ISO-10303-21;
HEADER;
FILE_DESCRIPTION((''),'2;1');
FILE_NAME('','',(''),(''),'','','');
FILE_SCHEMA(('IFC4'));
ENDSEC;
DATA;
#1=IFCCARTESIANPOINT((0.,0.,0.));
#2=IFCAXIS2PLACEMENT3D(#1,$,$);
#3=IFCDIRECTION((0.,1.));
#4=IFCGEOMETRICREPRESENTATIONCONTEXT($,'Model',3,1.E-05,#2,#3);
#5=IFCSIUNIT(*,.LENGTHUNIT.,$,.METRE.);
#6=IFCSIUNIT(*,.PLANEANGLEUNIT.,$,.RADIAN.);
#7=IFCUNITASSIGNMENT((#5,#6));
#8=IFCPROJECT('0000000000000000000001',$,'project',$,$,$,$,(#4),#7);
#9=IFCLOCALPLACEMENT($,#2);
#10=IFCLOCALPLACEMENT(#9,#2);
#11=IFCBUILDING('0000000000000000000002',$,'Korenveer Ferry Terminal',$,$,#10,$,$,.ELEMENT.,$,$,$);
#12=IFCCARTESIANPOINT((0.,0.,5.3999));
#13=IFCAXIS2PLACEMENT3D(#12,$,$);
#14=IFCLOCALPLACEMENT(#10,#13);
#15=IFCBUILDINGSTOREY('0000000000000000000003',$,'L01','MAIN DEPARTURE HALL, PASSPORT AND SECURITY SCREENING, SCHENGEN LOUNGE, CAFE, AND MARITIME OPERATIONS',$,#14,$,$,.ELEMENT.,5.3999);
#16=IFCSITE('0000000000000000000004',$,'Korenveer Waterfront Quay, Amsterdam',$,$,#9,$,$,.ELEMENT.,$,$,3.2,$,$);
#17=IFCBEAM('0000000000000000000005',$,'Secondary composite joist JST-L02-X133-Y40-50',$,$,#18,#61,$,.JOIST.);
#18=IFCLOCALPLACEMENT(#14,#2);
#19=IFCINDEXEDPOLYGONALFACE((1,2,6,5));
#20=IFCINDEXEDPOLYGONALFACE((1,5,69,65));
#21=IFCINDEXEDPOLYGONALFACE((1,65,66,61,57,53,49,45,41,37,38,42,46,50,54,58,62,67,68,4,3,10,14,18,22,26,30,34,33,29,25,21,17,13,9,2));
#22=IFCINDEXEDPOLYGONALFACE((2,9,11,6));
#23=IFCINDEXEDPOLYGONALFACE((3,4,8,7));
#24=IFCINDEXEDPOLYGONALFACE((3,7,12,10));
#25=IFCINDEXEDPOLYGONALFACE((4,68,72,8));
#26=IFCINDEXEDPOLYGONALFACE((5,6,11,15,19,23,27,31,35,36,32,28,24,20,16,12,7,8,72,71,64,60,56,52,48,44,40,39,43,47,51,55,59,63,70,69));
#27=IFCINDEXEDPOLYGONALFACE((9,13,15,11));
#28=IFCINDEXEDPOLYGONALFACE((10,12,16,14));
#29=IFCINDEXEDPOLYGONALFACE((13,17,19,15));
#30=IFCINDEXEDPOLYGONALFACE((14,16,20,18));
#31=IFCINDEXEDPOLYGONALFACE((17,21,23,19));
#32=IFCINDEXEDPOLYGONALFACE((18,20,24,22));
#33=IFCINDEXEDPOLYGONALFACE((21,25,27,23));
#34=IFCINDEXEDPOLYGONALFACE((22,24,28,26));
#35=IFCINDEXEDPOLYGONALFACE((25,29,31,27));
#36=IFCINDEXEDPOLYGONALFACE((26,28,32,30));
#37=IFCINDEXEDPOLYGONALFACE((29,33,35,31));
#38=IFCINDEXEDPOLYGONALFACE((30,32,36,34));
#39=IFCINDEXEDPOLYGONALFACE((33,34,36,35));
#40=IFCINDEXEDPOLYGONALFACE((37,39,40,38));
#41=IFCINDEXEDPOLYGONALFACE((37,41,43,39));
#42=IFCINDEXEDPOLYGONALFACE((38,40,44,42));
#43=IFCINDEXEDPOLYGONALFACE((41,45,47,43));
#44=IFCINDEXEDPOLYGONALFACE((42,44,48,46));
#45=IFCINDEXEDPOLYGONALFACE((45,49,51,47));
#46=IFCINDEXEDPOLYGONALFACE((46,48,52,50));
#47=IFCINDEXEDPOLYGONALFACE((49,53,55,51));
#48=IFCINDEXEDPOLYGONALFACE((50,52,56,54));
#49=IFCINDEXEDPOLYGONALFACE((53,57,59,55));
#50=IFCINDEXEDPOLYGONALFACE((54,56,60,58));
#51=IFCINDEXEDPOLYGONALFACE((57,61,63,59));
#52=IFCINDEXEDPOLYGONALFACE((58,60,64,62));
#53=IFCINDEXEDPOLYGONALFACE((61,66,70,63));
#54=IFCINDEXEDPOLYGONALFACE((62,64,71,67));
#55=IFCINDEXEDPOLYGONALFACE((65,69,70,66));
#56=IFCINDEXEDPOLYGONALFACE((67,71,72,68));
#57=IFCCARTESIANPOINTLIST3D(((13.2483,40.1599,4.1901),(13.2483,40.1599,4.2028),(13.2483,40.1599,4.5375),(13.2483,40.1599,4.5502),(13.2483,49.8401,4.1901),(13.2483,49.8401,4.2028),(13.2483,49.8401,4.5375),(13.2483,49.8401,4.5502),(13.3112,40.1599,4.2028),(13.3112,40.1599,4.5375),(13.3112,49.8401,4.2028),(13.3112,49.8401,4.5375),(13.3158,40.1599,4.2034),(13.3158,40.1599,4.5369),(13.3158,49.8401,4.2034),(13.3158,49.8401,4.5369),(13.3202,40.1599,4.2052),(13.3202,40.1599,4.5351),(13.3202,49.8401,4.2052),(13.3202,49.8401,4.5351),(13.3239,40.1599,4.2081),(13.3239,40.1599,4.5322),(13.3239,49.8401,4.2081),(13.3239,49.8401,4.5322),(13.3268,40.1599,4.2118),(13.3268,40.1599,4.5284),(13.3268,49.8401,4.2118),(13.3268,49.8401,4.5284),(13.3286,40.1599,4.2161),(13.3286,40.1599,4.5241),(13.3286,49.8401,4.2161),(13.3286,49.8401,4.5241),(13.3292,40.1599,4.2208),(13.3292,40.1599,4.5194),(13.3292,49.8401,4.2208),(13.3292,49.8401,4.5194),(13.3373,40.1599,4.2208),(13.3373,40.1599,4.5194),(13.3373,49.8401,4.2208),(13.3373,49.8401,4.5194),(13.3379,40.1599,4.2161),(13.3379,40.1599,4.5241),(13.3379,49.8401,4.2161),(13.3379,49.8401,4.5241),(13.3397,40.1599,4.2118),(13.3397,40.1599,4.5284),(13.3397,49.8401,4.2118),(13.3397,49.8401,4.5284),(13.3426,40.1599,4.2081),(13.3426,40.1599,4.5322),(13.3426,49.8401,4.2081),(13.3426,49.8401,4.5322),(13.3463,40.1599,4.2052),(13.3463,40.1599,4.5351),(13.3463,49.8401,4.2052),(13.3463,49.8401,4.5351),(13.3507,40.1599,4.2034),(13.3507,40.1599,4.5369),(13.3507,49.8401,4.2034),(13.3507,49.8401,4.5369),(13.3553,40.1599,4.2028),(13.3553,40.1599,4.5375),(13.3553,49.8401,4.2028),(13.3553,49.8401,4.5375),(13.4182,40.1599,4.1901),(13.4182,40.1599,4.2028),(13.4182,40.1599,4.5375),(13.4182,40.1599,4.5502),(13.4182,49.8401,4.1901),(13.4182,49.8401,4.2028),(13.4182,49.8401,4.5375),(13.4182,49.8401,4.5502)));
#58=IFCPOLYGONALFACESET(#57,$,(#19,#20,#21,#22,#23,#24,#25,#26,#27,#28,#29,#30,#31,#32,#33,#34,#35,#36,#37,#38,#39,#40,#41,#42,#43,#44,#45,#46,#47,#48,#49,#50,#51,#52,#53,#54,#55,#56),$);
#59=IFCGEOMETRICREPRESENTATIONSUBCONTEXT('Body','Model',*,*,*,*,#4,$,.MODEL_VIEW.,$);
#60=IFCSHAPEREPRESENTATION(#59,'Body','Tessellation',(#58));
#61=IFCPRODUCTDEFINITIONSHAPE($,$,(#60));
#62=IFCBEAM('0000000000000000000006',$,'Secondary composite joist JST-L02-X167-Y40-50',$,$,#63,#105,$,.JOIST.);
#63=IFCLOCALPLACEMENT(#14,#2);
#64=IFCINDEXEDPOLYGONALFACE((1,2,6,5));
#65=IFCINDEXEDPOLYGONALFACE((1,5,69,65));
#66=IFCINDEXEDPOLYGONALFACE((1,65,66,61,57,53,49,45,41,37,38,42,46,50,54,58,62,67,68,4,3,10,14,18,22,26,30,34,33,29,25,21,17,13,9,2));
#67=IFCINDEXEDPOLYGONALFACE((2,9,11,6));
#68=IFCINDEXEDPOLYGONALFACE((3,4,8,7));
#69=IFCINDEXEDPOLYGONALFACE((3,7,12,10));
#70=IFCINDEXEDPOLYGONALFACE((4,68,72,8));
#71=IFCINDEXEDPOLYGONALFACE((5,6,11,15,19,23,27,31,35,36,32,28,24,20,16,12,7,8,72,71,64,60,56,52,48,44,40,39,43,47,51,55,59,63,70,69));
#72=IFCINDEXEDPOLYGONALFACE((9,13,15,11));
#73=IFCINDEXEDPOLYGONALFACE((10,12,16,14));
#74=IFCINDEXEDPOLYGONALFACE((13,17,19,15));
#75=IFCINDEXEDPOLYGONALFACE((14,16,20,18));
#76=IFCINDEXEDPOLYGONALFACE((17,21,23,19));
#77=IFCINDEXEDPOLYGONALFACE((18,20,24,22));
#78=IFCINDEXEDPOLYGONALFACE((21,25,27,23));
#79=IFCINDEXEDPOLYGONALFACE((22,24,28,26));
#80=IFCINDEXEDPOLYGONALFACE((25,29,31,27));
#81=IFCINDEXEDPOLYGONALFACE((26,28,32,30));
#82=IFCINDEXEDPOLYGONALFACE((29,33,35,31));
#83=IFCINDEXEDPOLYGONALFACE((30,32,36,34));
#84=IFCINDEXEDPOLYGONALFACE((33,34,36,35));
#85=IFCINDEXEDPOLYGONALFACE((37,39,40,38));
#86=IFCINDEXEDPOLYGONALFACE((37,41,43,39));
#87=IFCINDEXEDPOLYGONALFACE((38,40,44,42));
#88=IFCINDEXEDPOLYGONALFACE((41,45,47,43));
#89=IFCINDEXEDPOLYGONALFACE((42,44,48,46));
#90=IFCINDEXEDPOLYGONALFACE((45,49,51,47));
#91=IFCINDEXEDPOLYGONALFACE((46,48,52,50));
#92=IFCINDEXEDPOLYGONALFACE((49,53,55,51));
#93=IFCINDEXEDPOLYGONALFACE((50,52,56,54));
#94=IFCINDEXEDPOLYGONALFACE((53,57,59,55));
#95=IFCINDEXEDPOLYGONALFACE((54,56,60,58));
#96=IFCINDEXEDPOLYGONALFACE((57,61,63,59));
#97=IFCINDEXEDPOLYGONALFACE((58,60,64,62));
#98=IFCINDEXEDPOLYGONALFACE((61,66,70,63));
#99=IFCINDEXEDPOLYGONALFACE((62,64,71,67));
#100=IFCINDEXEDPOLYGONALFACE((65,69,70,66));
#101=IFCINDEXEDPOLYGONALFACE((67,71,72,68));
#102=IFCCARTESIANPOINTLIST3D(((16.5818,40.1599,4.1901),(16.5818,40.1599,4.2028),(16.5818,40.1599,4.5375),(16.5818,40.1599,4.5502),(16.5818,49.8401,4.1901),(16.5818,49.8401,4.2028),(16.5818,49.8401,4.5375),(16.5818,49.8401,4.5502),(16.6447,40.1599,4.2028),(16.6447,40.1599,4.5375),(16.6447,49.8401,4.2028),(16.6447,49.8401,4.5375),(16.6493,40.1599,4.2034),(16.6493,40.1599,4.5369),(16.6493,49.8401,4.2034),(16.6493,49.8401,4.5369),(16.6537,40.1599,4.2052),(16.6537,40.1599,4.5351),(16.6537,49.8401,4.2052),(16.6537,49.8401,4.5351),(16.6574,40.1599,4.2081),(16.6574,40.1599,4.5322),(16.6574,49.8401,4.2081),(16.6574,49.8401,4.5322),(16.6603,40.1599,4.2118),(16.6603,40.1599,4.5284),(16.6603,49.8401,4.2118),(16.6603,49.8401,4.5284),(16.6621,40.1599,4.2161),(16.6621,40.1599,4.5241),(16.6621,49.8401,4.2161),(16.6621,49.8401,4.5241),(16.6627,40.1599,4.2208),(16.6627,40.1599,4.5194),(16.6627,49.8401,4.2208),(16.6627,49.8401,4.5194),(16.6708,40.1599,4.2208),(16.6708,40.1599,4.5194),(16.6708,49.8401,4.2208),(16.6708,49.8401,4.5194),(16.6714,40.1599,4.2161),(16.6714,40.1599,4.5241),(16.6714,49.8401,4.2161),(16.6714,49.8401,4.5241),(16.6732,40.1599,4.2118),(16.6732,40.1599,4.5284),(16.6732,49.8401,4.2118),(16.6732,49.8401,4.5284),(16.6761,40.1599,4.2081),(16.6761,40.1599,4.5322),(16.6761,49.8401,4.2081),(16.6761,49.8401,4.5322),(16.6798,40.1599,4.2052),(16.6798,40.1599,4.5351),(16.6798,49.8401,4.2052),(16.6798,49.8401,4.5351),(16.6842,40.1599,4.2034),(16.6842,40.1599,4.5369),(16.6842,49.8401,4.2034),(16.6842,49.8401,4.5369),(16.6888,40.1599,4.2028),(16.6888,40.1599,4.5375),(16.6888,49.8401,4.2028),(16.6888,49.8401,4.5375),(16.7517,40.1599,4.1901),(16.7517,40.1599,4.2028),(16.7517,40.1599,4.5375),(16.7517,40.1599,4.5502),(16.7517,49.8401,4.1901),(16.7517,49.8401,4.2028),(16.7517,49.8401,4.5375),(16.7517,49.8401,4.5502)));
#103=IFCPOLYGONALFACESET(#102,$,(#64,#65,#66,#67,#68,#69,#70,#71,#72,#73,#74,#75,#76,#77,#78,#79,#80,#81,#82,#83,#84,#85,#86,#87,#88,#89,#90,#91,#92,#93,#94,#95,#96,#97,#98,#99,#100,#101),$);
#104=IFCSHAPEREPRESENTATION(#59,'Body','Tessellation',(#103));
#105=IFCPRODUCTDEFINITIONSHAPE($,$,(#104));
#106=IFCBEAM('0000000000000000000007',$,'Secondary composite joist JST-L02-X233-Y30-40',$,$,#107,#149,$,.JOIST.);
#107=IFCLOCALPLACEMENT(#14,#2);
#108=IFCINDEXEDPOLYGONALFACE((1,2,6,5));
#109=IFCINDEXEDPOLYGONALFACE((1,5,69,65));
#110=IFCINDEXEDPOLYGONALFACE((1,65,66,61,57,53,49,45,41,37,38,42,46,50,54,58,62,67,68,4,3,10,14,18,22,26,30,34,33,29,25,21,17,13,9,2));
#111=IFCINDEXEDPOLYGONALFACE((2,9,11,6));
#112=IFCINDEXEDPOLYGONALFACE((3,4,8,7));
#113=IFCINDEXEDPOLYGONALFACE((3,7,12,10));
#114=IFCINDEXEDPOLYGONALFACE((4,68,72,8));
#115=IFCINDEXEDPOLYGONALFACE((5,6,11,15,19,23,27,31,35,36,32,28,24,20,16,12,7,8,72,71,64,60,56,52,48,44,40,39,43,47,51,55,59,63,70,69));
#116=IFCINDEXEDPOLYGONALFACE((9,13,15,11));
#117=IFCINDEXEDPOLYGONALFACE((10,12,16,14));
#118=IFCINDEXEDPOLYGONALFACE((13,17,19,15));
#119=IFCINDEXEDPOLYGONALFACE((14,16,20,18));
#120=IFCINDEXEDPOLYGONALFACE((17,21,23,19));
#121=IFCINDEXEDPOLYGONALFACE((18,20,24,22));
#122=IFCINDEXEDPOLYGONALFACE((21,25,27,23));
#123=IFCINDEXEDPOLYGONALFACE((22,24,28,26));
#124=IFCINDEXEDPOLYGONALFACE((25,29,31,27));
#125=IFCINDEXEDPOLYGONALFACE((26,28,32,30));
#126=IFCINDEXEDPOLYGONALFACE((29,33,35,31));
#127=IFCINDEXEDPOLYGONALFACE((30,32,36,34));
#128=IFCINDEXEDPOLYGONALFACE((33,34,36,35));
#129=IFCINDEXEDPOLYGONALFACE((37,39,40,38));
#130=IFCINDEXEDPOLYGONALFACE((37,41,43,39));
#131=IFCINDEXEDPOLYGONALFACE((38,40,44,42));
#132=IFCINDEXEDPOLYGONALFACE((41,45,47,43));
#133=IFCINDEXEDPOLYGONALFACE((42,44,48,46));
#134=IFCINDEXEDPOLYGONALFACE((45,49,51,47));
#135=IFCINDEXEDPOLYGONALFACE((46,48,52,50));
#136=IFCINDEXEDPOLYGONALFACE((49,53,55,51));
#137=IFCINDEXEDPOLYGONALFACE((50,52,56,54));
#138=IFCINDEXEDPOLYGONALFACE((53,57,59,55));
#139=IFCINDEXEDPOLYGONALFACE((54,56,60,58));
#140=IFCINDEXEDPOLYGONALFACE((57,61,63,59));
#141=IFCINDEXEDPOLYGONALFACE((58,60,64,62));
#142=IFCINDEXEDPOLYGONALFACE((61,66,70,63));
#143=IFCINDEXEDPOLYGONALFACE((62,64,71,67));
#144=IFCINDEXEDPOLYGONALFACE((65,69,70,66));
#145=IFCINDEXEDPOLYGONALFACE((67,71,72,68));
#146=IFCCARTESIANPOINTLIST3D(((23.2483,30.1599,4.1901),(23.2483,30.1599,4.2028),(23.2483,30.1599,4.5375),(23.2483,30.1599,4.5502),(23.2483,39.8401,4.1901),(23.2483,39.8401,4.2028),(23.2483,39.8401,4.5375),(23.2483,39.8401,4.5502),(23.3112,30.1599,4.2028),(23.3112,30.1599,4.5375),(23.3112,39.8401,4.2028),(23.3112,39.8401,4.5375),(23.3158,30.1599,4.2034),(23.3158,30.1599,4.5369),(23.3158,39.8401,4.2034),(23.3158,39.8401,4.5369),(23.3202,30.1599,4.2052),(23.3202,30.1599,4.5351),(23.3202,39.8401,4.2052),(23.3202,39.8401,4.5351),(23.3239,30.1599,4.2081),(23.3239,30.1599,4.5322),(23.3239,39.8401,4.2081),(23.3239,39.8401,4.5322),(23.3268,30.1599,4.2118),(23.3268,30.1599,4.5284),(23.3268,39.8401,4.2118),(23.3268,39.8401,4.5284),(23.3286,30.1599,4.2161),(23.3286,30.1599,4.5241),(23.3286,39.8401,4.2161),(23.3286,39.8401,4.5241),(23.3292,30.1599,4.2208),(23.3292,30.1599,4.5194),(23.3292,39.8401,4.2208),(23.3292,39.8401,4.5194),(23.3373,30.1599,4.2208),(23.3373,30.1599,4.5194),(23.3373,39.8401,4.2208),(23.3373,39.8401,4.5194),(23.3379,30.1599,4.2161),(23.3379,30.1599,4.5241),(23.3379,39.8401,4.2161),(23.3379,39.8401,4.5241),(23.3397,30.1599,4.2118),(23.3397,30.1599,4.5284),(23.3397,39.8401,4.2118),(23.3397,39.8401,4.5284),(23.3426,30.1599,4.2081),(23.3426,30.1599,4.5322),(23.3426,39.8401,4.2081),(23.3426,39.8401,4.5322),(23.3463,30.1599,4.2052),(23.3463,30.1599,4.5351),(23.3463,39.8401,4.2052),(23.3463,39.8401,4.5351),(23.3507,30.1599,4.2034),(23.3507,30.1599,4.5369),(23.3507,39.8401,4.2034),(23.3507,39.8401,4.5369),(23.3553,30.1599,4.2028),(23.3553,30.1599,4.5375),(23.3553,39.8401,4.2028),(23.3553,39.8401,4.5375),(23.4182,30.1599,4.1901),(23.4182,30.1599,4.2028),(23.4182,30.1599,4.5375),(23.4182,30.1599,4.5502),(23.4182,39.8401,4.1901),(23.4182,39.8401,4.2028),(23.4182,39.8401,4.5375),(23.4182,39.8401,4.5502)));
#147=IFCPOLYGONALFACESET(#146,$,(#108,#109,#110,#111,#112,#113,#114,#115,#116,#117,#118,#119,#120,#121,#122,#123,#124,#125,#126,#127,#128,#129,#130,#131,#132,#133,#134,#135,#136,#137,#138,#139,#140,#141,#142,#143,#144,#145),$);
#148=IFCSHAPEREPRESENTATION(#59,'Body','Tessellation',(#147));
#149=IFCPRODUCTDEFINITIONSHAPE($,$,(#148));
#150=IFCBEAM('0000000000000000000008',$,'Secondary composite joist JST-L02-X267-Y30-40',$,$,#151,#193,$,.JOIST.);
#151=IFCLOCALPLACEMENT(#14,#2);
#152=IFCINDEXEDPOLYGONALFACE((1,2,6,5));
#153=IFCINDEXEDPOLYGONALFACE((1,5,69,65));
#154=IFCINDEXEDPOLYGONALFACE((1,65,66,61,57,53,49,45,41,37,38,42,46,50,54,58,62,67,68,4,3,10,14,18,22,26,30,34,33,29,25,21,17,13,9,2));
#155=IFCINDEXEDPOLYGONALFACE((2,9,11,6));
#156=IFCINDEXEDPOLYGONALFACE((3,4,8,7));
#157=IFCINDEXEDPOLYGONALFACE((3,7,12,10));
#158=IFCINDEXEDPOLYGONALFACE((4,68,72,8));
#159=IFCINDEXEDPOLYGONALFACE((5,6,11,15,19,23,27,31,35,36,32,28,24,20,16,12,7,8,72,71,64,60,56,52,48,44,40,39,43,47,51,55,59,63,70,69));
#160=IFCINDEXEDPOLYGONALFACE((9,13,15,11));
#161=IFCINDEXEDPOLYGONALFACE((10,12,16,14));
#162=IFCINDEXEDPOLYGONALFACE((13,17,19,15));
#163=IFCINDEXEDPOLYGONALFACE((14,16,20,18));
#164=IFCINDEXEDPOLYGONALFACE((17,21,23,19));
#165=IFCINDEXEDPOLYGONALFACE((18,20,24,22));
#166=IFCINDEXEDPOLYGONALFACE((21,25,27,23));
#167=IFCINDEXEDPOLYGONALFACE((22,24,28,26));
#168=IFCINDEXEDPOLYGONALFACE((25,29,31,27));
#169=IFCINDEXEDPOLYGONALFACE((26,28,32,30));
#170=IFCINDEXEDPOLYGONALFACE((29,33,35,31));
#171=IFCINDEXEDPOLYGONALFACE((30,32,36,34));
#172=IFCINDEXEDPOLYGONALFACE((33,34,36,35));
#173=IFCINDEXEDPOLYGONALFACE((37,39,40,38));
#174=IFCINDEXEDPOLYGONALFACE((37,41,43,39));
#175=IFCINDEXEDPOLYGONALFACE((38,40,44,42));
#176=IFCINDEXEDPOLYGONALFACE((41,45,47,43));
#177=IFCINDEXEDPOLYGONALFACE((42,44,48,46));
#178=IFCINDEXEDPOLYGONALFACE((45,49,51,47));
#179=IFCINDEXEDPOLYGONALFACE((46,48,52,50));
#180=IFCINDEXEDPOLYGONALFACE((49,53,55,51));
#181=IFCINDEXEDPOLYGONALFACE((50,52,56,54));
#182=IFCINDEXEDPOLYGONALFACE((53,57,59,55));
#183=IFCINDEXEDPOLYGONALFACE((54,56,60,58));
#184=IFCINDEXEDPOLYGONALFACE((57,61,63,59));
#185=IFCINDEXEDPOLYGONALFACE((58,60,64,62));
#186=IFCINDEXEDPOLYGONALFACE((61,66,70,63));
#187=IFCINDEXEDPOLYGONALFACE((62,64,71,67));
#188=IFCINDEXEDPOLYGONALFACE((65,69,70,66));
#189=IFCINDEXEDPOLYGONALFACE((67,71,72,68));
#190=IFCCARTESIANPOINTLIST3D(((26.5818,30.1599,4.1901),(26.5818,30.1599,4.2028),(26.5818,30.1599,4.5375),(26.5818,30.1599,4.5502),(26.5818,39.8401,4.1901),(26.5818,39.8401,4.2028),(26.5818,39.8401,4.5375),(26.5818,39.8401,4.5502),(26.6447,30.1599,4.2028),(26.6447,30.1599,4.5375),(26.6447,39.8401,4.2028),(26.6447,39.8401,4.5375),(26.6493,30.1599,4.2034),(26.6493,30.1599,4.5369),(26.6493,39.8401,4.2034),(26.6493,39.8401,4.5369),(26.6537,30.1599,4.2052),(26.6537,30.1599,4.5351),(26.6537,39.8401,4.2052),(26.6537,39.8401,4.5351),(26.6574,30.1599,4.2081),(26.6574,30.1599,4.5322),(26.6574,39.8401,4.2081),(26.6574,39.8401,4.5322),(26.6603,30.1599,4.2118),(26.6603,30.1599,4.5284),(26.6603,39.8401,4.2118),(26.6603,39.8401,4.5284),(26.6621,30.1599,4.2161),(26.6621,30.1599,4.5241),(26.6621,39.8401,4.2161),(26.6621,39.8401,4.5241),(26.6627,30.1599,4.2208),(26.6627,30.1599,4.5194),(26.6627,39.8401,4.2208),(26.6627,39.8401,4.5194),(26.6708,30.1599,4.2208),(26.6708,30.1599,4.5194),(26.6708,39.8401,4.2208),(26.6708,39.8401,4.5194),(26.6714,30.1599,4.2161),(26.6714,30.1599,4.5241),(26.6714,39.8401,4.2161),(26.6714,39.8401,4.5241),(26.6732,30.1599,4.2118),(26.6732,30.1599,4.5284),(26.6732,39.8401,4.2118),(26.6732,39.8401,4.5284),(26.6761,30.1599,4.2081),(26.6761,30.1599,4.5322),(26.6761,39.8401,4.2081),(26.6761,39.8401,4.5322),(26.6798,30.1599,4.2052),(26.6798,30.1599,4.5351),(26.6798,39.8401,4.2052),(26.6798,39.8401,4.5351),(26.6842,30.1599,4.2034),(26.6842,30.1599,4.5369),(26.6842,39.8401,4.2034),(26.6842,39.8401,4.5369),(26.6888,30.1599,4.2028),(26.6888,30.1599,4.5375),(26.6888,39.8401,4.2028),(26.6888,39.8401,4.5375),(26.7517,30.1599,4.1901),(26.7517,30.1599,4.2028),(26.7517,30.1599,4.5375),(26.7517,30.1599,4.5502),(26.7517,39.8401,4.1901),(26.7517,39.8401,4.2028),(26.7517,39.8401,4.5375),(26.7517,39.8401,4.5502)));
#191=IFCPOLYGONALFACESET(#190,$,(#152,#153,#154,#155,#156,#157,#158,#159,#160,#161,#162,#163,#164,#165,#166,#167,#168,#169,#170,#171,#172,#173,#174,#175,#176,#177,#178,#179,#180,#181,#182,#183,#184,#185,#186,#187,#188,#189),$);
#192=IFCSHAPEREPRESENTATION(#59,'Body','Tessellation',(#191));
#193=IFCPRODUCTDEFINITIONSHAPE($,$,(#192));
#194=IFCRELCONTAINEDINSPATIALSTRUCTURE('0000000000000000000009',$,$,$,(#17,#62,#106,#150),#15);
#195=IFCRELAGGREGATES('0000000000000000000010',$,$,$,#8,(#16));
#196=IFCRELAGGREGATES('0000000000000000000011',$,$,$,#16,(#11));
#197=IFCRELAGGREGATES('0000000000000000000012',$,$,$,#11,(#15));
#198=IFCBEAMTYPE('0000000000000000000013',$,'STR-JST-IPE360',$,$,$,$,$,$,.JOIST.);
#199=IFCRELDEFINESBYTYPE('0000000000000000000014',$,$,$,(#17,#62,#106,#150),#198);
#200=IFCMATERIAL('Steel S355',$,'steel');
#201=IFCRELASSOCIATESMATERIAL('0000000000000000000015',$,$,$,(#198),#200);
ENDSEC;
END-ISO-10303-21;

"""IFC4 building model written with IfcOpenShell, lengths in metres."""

from ifc_helpers import new_model, si_unit, direction, frame, origin, origin_2d, place, context, subcontext, project, spatial, i_section, extrude, material, material_profile, profile_set, type_object, element, save


model = new_model("IFC4")

# Units and contexts
model_context = context("Model", 3, precision=1e-05, world=origin(), true_north=direction((0.0, 1.0)))
body_context = subcontext(model_context, "Body", "Model", "MODEL_VIEW")
ifc_project = project(units=[si_unit("LENGTHUNIT", "METRE"), si_unit("PLANEANGLEUNIT", "RADIAN")], contexts=[model_context])

# Site, building, storey
site_placement = place(None, origin())
site = spatial("IfcSite", under=ifc_project, at=site_placement, Name="Korenveer Waterfront Quay, Amsterdam", CompositionType="ELEMENT", RefElevation=3.2)
building_placement = place(site_placement, origin())
building = spatial("IfcBuilding", under=site, at=building_placement, Name="Korenveer Ferry Terminal", CompositionType="ELEMENT")
storey_placement = place(building_placement, frame((0.0, 0.0, 5.3999)))
storey = spatial("IfcBuildingStorey", under=building, at=storey_placement, Name="L01", Description="MAIN DEPARTURE HALL, PASSPORT AND SECURITY SCREENING, SCHENGEN LOUNGE, CAFE, AND MARITIME OPERATIONS", CompositionType="ELEMENT", Elevation=5.3999)

# Shared definitions
ifc_material_1 = material(Name="Steel S355", Category="steel")

# Beams
ifc_material_profile_1 = material_profile(ifc_material_1, i_section(OverallWidth=0.1699, OverallDepth=0.3601, WebThickness=0.0081, FlangeThickness=0.0127, FilletRadius=0.0181, at=origin_2d()), Name="IPE 360")
ifc_profile_set_1 = profile_set([ifc_material_profile_1], Name="Steel S355")
beam_type_1 = type_object("IfcBeamType", Name="STR-JST-IPE360", PredefinedType="JOIST", material=ifc_profile_set_1)
for number, where, z_axis, x_axis, name in (
    (1, (13.3333, 40.1599, 4.3701), (0.0, 1.0, 0.0), (-1.0, 0.0, 0.0), "Secondary composite joist JST-L02-X133-Y40-50"),
    (2, (16.6667, 40.1599, 4.3701), (0.0, 1.0, 0.0), (-1.0, 0.0, 0.0), "Secondary composite joist JST-L02-X167-Y40-50"),
    (3, (23.3333, 30.1599, 4.3701), (0.0, 1.0, 0.0), (-1.0, 0.0, 0.0), "Secondary composite joist JST-L02-X233-Y30-40"),
    (4, (26.6667, 30.1599, 4.3701), (0.0, 1.0, 0.0), (-1.0, 0.0, 0.0), "Secondary composite joist JST-L02-X267-Y30-40"),
):
    element("IfcBeam", number, at=place(storey_placement, frame(where, z_axis=z_axis, x_axis=x_axis)), inside=storey, type_object=beam_type_1, Name=name, PredefinedType="JOIST", context=body_context, shape_type="SweptSolid", body=[
        extrude(i_section(OverallWidth=0.1699, OverallDepth=0.3601, WebThickness=0.0081, FlangeThickness=0.0127, FilletRadius=0.0181, at=origin_2d()), origin(), (0.0, 0.0, 1.0), 9.6802),
    ])

save(model, "model.ifc")
